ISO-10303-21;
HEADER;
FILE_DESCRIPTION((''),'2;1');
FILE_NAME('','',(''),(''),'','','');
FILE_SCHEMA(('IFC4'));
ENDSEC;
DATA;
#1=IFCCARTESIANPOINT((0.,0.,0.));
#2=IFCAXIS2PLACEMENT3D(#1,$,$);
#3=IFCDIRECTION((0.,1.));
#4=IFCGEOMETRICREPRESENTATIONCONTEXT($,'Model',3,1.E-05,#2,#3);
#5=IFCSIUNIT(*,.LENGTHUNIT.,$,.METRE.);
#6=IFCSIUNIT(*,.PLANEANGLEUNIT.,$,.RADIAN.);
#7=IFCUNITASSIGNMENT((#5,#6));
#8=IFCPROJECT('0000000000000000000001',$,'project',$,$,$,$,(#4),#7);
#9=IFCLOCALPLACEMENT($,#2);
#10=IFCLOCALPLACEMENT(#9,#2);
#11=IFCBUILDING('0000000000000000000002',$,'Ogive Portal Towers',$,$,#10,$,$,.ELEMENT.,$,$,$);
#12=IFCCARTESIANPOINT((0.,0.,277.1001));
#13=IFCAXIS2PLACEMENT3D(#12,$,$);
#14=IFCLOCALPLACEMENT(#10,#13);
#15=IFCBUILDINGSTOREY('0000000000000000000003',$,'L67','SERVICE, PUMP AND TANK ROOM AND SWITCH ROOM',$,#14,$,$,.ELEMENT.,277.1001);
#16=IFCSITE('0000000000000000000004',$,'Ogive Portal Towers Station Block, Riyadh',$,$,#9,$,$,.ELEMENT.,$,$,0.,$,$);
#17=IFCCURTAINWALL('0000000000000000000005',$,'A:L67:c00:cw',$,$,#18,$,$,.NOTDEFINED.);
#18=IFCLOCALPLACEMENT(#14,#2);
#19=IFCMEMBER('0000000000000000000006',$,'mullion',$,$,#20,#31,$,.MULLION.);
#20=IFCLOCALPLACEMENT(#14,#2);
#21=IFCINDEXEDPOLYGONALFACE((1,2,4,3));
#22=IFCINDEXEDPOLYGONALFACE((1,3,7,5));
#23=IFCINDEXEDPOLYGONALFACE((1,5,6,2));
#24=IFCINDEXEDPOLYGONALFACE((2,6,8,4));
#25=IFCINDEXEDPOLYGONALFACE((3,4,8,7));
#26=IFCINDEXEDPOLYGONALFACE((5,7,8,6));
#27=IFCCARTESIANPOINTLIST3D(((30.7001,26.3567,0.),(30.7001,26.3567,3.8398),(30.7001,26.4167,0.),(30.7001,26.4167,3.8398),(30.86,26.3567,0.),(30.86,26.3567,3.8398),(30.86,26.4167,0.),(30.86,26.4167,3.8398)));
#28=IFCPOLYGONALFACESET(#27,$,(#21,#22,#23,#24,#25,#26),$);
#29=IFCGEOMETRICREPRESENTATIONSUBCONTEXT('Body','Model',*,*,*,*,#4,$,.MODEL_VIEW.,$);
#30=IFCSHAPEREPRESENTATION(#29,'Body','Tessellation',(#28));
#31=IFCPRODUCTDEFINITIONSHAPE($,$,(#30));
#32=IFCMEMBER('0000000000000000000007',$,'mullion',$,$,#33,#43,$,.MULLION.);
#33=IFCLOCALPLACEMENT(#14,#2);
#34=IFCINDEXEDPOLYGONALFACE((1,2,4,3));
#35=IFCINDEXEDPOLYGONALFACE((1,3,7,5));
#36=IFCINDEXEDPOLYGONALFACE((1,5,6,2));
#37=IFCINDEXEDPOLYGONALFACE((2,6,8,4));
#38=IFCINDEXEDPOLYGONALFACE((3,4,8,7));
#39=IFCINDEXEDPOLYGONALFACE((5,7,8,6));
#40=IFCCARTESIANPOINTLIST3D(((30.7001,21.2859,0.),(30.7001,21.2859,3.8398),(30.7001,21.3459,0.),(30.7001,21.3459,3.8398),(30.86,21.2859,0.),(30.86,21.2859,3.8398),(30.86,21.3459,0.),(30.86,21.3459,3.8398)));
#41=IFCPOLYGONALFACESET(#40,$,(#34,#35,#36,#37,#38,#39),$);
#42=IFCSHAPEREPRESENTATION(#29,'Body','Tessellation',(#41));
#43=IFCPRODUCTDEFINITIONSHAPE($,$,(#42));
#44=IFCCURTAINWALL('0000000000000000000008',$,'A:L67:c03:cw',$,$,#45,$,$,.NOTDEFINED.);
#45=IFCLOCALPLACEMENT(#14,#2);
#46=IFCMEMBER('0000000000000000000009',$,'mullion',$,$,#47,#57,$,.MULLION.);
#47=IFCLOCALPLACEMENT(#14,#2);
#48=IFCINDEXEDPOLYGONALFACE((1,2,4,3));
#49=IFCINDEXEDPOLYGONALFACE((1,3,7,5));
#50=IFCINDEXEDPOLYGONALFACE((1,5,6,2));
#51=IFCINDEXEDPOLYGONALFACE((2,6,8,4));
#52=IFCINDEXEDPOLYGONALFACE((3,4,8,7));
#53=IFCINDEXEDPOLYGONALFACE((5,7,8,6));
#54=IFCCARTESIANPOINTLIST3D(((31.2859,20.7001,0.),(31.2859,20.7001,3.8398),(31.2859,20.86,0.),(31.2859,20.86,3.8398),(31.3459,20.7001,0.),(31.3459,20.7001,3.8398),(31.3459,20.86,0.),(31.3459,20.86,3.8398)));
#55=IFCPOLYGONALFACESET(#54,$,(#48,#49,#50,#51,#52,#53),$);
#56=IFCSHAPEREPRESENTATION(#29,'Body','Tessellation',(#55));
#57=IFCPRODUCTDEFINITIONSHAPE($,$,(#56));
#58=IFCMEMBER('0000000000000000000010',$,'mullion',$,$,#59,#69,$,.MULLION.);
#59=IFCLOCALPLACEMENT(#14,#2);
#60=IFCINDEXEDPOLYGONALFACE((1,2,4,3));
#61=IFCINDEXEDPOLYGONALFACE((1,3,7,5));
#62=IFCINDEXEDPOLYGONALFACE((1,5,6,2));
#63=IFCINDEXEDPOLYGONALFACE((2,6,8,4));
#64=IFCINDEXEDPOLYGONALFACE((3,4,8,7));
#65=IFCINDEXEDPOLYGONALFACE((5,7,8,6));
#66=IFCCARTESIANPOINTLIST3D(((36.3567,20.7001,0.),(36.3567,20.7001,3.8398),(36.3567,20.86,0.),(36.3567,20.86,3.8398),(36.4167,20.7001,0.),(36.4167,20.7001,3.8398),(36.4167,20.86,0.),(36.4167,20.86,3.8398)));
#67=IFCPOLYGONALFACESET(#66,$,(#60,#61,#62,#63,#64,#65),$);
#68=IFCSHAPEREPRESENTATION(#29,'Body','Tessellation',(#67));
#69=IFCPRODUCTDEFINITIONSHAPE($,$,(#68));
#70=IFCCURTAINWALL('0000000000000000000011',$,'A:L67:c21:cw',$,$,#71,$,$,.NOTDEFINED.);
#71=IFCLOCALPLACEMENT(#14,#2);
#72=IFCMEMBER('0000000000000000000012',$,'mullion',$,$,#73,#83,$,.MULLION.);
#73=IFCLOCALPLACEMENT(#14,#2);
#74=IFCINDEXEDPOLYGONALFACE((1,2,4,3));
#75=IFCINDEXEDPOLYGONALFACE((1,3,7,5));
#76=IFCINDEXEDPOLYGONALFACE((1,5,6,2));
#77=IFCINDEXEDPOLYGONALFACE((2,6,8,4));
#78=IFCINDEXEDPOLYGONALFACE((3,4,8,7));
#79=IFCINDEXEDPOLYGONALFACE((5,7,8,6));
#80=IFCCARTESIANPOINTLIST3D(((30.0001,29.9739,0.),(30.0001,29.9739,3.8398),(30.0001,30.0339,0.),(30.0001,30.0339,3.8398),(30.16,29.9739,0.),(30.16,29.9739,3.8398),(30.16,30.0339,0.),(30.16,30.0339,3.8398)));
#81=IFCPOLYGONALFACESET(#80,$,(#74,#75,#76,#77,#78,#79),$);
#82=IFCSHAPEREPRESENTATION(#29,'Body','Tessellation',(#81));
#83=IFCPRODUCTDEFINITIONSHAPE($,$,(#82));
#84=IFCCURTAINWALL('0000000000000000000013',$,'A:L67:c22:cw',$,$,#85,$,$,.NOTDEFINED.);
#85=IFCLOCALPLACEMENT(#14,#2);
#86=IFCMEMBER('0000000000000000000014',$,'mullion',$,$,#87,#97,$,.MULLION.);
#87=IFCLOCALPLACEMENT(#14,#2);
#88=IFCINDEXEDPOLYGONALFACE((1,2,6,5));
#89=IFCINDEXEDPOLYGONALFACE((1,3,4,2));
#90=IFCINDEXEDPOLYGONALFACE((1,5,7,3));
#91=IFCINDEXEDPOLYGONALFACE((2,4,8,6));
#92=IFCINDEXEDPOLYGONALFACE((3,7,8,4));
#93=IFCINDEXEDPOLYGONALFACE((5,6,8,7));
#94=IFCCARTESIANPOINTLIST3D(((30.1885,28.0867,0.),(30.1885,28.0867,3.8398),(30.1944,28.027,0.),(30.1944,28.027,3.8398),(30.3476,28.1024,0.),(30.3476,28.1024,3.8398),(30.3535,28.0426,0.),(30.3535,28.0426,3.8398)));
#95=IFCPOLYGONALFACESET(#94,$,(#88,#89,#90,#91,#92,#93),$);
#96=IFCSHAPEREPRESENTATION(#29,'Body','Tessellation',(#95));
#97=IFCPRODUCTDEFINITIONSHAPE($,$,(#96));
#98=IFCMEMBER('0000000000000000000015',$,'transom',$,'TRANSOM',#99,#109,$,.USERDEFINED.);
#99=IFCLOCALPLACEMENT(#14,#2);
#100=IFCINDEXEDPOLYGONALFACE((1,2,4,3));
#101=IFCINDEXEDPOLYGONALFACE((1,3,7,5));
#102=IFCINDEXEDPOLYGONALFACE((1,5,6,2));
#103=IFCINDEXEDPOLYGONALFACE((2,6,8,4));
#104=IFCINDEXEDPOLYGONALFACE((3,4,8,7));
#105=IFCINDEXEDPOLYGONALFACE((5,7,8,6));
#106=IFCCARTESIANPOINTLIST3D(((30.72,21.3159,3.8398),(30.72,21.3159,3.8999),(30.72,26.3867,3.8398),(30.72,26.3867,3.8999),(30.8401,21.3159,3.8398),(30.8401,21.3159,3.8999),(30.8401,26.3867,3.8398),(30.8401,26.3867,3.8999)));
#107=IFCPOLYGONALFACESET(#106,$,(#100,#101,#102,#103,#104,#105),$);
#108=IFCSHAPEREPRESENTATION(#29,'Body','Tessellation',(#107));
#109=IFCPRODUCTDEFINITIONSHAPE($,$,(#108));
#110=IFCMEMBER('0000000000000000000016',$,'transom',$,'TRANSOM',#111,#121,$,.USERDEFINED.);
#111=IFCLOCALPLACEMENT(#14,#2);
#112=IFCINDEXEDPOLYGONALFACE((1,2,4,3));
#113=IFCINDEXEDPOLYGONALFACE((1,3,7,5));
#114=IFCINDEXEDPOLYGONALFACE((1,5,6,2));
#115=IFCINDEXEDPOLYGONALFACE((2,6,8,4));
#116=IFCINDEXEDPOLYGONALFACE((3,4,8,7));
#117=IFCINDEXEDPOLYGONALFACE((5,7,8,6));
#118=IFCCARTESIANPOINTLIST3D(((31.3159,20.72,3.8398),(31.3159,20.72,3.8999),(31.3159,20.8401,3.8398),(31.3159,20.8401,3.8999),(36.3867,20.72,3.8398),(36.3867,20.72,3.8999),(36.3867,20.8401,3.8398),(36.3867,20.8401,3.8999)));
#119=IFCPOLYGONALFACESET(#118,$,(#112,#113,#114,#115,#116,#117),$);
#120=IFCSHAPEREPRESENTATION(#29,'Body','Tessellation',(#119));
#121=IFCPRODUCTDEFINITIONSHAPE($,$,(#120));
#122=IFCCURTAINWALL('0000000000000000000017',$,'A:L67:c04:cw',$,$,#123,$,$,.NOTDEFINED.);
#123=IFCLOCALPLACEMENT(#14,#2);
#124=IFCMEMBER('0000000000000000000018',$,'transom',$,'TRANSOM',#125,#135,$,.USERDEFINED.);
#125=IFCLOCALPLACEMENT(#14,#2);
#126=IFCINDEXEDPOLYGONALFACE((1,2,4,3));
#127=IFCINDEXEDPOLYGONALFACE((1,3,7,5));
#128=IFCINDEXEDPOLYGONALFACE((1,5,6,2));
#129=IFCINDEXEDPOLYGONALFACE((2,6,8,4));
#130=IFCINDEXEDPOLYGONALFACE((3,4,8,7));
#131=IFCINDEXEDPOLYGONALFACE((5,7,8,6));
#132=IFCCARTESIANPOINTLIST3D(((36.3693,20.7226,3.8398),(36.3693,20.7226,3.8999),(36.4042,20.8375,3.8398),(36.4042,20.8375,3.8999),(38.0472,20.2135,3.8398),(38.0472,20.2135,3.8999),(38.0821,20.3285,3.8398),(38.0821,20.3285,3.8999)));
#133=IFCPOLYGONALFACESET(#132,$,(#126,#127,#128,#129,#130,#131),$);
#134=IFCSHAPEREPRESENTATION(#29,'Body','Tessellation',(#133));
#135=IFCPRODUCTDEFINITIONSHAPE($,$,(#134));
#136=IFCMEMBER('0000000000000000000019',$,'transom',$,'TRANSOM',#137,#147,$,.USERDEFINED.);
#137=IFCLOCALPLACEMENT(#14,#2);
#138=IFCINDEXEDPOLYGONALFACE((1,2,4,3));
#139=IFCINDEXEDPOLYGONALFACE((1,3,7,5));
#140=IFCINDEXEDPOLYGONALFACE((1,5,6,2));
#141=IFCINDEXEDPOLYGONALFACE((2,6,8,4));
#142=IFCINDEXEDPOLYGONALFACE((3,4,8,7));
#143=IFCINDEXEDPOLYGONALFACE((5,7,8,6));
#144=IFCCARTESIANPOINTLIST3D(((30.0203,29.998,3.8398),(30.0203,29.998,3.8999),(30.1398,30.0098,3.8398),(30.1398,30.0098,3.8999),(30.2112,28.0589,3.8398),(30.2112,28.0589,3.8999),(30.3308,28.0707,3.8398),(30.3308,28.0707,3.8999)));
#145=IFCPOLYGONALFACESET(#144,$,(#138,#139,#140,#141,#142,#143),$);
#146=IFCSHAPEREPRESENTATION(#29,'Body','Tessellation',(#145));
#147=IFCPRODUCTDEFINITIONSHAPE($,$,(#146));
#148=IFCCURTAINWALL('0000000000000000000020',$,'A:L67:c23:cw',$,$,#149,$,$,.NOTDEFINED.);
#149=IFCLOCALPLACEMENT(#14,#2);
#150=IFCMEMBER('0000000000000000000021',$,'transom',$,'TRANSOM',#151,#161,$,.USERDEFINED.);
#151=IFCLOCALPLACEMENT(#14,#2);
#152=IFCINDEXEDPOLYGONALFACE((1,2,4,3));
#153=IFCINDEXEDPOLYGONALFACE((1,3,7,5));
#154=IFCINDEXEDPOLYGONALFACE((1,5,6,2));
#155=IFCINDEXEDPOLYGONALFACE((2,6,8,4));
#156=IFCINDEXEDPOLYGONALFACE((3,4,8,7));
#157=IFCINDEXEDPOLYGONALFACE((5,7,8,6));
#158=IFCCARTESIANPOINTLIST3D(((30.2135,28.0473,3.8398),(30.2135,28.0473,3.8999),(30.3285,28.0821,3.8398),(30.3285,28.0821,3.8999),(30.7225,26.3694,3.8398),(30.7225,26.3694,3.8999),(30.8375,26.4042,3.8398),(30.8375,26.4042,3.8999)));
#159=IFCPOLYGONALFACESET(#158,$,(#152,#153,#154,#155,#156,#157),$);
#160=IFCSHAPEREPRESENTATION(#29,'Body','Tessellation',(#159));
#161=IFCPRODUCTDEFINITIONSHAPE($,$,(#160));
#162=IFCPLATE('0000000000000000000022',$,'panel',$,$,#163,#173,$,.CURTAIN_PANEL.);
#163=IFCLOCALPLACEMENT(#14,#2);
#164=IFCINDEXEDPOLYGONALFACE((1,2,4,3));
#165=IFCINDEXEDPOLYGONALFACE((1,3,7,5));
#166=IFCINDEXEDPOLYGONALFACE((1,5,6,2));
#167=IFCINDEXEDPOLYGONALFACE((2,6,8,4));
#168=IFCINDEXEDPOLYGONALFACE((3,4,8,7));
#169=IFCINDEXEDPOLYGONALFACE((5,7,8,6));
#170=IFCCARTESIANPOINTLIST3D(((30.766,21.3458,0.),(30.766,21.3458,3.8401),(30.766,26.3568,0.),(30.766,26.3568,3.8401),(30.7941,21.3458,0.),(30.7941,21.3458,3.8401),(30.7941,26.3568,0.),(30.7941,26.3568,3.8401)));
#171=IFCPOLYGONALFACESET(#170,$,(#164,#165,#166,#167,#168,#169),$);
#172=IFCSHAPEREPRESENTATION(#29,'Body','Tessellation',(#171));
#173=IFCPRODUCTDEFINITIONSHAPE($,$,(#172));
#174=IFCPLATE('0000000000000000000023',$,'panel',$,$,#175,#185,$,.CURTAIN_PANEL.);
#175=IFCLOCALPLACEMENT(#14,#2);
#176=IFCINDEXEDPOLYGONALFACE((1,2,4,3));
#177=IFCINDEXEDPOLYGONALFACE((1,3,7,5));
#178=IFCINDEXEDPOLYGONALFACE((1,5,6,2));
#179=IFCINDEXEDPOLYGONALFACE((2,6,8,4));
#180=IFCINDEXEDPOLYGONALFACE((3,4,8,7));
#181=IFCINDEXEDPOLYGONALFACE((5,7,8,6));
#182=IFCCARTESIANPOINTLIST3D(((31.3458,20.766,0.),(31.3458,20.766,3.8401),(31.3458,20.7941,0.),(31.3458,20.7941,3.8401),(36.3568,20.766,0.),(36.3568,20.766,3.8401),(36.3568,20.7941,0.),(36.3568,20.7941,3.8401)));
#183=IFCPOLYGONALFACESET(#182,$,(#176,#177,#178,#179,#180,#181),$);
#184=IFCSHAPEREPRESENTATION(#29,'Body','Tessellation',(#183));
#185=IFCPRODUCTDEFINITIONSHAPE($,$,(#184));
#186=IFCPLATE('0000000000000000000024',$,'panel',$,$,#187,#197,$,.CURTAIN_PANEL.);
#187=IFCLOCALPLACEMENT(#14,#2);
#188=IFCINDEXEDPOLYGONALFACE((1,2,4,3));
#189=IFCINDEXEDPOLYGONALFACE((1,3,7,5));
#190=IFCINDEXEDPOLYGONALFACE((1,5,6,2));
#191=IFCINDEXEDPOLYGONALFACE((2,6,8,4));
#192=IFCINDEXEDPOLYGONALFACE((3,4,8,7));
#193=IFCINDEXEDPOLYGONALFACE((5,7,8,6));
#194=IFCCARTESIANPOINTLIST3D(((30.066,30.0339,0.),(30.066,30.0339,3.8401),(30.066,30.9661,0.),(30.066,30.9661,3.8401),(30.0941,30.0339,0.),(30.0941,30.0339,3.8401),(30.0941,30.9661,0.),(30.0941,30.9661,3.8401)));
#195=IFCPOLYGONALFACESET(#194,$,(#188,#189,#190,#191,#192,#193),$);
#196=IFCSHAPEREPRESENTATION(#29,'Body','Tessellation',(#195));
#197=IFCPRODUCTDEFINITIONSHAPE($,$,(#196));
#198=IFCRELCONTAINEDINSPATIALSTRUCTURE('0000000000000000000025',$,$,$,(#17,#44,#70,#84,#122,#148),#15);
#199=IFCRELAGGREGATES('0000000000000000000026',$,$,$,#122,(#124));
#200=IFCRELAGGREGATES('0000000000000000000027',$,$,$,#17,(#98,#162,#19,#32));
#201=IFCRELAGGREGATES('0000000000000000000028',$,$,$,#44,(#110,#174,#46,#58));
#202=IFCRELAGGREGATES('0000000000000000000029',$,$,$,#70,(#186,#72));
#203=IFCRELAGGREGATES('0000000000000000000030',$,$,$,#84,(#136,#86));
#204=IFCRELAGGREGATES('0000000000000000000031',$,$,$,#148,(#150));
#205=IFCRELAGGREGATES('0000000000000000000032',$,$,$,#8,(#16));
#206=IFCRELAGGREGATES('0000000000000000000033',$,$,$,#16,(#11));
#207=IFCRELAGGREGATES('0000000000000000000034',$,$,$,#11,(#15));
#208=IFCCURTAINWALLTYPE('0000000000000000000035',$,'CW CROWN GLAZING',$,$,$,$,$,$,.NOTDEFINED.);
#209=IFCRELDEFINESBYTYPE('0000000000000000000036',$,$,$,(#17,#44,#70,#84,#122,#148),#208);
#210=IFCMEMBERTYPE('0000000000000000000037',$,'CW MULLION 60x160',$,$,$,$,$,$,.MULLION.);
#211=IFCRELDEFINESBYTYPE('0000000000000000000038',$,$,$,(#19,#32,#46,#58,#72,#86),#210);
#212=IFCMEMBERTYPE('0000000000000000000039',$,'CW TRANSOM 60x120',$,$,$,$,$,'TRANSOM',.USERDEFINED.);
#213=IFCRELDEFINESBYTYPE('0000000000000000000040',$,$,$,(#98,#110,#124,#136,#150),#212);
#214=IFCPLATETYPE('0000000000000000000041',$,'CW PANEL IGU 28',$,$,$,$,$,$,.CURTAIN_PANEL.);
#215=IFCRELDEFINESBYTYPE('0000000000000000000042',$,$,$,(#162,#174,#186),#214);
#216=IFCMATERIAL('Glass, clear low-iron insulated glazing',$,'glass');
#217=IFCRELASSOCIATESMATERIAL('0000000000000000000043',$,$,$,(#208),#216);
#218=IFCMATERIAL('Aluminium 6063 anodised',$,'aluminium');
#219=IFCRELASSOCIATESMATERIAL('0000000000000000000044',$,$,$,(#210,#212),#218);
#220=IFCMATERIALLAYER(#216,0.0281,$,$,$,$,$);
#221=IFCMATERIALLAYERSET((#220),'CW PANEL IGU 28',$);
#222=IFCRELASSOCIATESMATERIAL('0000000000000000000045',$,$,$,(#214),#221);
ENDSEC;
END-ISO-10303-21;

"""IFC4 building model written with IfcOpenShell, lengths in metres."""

from ifc_helpers import new_model, si_unit, direction, frame, origin, origin_2d, place, context, subcontext, project, spatial, rectangle, extrude, material, layer, layer_set, material_profile, profile_set, type_object, element, aggregate, save


model = new_model("IFC4")

# Units and contexts
model_context = context("Model", 3, precision=1e-05, world=origin(), true_north=direction((0.0, 1.0)))
body_context = subcontext(model_context, "Body", "Model", "MODEL_VIEW")
ifc_project = project(units=[si_unit("LENGTHUNIT", "METRE"), si_unit("PLANEANGLEUNIT", "RADIAN")], contexts=[model_context])

# Site, building, storey
site_placement = place(None, origin())
site = spatial("IfcSite", under=ifc_project, at=site_placement, Name="Ogive Portal Towers Station Block, Riyadh", CompositionType="ELEMENT", RefElevation=0.0)
building_placement = place(site_placement, origin())
building = spatial("IfcBuilding", under=site, at=building_placement, Name="Ogive Portal Towers", CompositionType="ELEMENT")
storey_placement = place(building_placement, frame((0.0, 0.0, 277.1001)))
storey = spatial("IfcBuildingStorey", under=building, at=storey_placement, Name="L67", Description="SERVICE, PUMP AND TANK ROOM AND SWITCH ROOM", CompositionType="ELEMENT", Elevation=277.1001)

# Curtain walls, members
ifc_material_1 = material(Name="Glass, clear low-iron insulated glazing", Category="glass")
curtain_wall_type = type_object("IfcCurtainWallType", Name="CW CROWN GLAZING", PredefinedType="NOTDEFINED", material=ifc_material_1)
curtain_wall_1_placement = place(storey_placement, origin())
curtain_wall_1 = element("IfcCurtainWall", 1, at=curtain_wall_1_placement, inside=storey, type_object=curtain_wall_type, Name="A:L67:c00:cw", PredefinedType="NOTDEFINED")
ifc_material_2 = material(Name="Aluminium 6063 anodised", Category="aluminium")
ifc_material_profile_1 = material_profile(ifc_material_2, rectangle(XDim=0.1599, YDim=0.0601, at=origin_2d()), Name="AL 60x160")
ifc_profile_set_1 = profile_set([ifc_material_profile_1], Name="Aluminium 6063 anodised")
member_type_1 = type_object("IfcMemberType", Name="CW MULLION 60x160", PredefinedType="MULLION", material=ifc_profile_set_1)
member_1_placement = place(storey_placement, frame((30.78, 26.3867, 0.0), z_axis=(0.0, 0.0, 1.0), x_axis=(1.0, 0.0, 0.0)))
member_1 = element("IfcMember", 2, at=member_1_placement, type_object=member_type_1, Name="mullion", PredefinedType="MULLION", context=body_context, shape_type="SweptSolid", body=[
    extrude(rectangle(XDim=0.1599, YDim=0.0601, at=origin_2d()), origin(), (0.0, 0.0, 1.0), 3.8398),
])
member_2_placement = place(storey_placement, frame((30.78, 21.3159, 0.0), z_axis=(0.0, 0.0, 1.0), x_axis=(1.0, 0.0, 0.0)))
member_2 = element("IfcMember", 3, at=member_2_placement, type_object=member_type_1, Name="mullion", PredefinedType="MULLION", context=body_context, shape_type="SweptSolid", body=[
    extrude(rectangle(XDim=0.1599, YDim=0.0601, at=origin_2d()), origin(), (0.0, 0.0, 1.0), 3.8398),
])
curtain_wall_2_placement = place(storey_placement, origin())
curtain_wall_2 = element("IfcCurtainWall", 4, at=curtain_wall_2_placement, inside=storey, type_object=curtain_wall_type, Name="A:L67:c03:cw", PredefinedType="NOTDEFINED")
member_3_placement = place(storey_placement, frame((31.3159, 20.78, 0.0), z_axis=(0.0, 0.0, 1.0), x_axis=(0.0, 1.0, 0.0)))
member_3 = element("IfcMember", 5, at=member_3_placement, type_object=member_type_1, Name="mullion", PredefinedType="MULLION", context=body_context, shape_type="SweptSolid", body=[
    extrude(rectangle(XDim=0.1599, YDim=0.0601, at=origin_2d()), origin(), (0.0, 0.0, 1.0), 3.8398),
])
member_4_placement = place(storey_placement, frame((36.3867, 20.78, 0.0), z_axis=(0.0, 0.0, 1.0), x_axis=(0.0, 1.0, 0.0)))
member_4 = element("IfcMember", 6, at=member_4_placement, type_object=member_type_1, Name="mullion", PredefinedType="MULLION", context=body_context, shape_type="SweptSolid", body=[
    extrude(rectangle(XDim=0.1599, YDim=0.0601, at=origin_2d()), origin(), (0.0, 0.0, 1.0), 3.8398),
])

# Curtain walls, members
curtain_wall_3_placement = place(storey_placement, origin())
curtain_wall_3 = element("IfcCurtainWall", 7, at=curtain_wall_3_placement, inside=storey, type_object=curtain_wall_type, Name="A:L67:c21:cw", PredefinedType="NOTDEFINED")
member_5_placement = place(storey_placement, frame((30.0801, 30.0039, 0.0), z_axis=(0.0, 0.0, 1.0), x_axis=(1.0, 0.0, 0.0)))
member_5 = element("IfcMember", 8, at=member_5_placement, type_object=member_type_1, Name="mullion", PredefinedType="MULLION", context=body_context, shape_type="SweptSolid", body=[
    extrude(rectangle(XDim=0.1599, YDim=0.0601, at=origin_2d()), origin(), (0.0, 0.0, 1.0), 3.8398),
])
curtain_wall_4_placement = place(storey_placement, origin())
curtain_wall_4 = element("IfcCurtainWall", 9, at=curtain_wall_4_placement, inside=storey, type_object=curtain_wall_type, Name="A:L67:c22:cw", PredefinedType="NOTDEFINED")
member_6_placement = place(storey_placement, frame((30.271, 28.0647, 0.0), z_axis=(0.0, 0.0, 1.0), x_axis=(0.995185, 0.098017, 0.0)))
member_6 = element("IfcMember", 10, at=member_6_placement, type_object=member_type_1, Name="mullion", PredefinedType="MULLION", context=body_context, shape_type="SweptSolid", body=[
    extrude(rectangle(XDim=0.1599, YDim=0.0601, at=origin_2d()), origin(), (0.0, 0.0, 1.0), 3.8398),
])

# Members
ifc_material_profile_2 = material_profile(ifc_material_2, rectangle(XDim=0.1201, YDim=0.0601, at=origin_2d()), Name="AL 120x60")
ifc_profile_set_2 = profile_set([ifc_material_profile_2], Name="Aluminium 6063 anodised")
member_type_2 = type_object("IfcMemberType", Name="CW TRANSOM 60x120", ElementType="TRANSOM", PredefinedType="USERDEFINED", material=ifc_profile_set_2)
member_7_placement = place(storey_placement, frame((30.78, 26.3867, 3.8699), z_axis=(0.0, -1.0, 0.0), x_axis=(1.0, 0.0, 0.0)))
member_7 = element("IfcMember", 11, at=member_7_placement, type_object=member_type_2, Name="transom", ObjectType="TRANSOM", PredefinedType="USERDEFINED", context=body_context, shape_type="SweptSolid", body=[
    extrude(rectangle(XDim=0.1201, YDim=0.0601, at=origin_2d()), origin(), (0.0, 0.0, 1.0), 5.0708),
])
member_8_placement = place(storey_placement, frame((31.3159, 20.78, 3.8699), z_axis=(1.0, 0.0, 0.0), x_axis=(0.0, 1.0, 0.0)))
member_8 = element("IfcMember", 12, at=member_8_placement, type_object=member_type_2, Name="transom", ObjectType="TRANSOM", PredefinedType="USERDEFINED", context=body_context, shape_type="SweptSolid", body=[
    extrude(rectangle(XDim=0.1201, YDim=0.0601, at=origin_2d()), origin(), (0.0, 0.0, 1.0), 5.0708),
])

# Curtain wall, member
curtain_wall_5_placement = place(storey_placement, origin())
curtain_wall_5 = element("IfcCurtainWall", 13, at=curtain_wall_5_placement, inside=storey, type_object=curtain_wall_type, Name="A:L67:c04:cw", PredefinedType="NOTDEFINED")
member_9_placement = place(storey_placement, frame((36.3867, 20.78, 3.8699), z_axis=(0.956937, -0.290297, 0.0), x_axis=(0.290297, 0.956937, 0.0)))
member_9 = element("IfcMember", 14, at=member_9_placement, type_object=member_type_2, Name="transom", ObjectType="TRANSOM", PredefinedType="USERDEFINED", context=body_context, shape_type="SweptSolid", body=[
    extrude(rectangle(XDim=0.1201, YDim=0.0601, at=origin_2d()), origin(), (0.0, 0.0, 1.0), 1.7534),
])
aggregate(curtain_wall_5, [member_9])

# Member
member_10_placement = place(storey_placement, frame((30.0801, 30.0039, 3.8699), z_axis=(0.097978, -0.995189, 0.0), x_axis=(0.995189, 0.097978, 0.0)))
member_10 = element("IfcMember", 15, at=member_10_placement, type_object=member_type_2, Name="transom", ObjectType="TRANSOM", PredefinedType="USERDEFINED", context=body_context, shape_type="SweptSolid", body=[
    extrude(rectangle(XDim=0.1201, YDim=0.0601, at=origin_2d()), origin(), (0.0, 0.0, 1.0), 1.9485),
])

# Curtain wall, member
curtain_wall_6_placement = place(storey_placement, origin())
curtain_wall_6 = element("IfcCurtainWall", 16, at=curtain_wall_6_placement, inside=storey, type_object=curtain_wall_type, Name="A:L67:c23:cw", PredefinedType="NOTDEFINED")
member_11_placement = place(storey_placement, frame((30.271, 28.0647, 3.8699), z_axis=(0.290297, -0.956937, 0.0), x_axis=(0.956937, 0.290297, 0.0)))
member_11 = element("IfcMember", 17, at=member_11_placement, type_object=member_type_2, Name="transom", ObjectType="TRANSOM", PredefinedType="USERDEFINED", context=body_context, shape_type="SweptSolid", body=[
    extrude(rectangle(XDim=0.1201, YDim=0.0601, at=origin_2d()), origin(), (0.0, 0.0, 1.0), 1.7534),
])

# Plates
ifc_layer_1 = layer(ifc_material_1, 0.0281)
ifc_layer_set_1 = layer_set([ifc_layer_1], Name="CW PANEL IGU 28")
plate_type = type_object("IfcPlateType", Name="CW PANEL IGU 28", PredefinedType="CURTAIN_PANEL", material=ifc_layer_set_1)
plate_1_placement = place(storey_placement, frame((30.78, 23.8513, 0.0), z_axis=(0.0, 0.0, 1.0), x_axis=(0.0, -1.0, 0.0)))
plate_1 = element("IfcPlate", 18, at=plate_1_placement, type_object=plate_type, Name="panel", PredefinedType="CURTAIN_PANEL", context=body_context, shape_type="SweptSolid", body=[
    extrude(rectangle(XDim=5.011, YDim=0.0281, at=origin_2d()), origin(), (0.0, 0.0, 1.0), 3.8401),
])
aggregate(curtain_wall_1, [member_7, plate_1, member_1, member_2])
plate_2_placement = place(storey_placement, frame((33.8513, 20.78, 0.0), z_axis=(0.0, 0.0, 1.0), x_axis=(1.0, 0.0, 0.0)))
plate_2 = element("IfcPlate", 19, at=plate_2_placement, type_object=plate_type, Name="panel", PredefinedType="CURTAIN_PANEL", context=body_context, shape_type="SweptSolid", body=[
    extrude(rectangle(XDim=5.011, YDim=0.0281, at=origin_2d()), origin(), (0.0, 0.0, 1.0), 3.8401),
])
aggregate(curtain_wall_2, [member_8, plate_2, member_3, member_4])
plate_3_placement = place(storey_placement, frame((30.0801, 30.5, 0.0), z_axis=(0.0, 0.0, 1.0), x_axis=(0.0, -1.0, 0.0)))
plate_3 = element("IfcPlate", 20, at=plate_3_placement, type_object=plate_type, Name="panel", PredefinedType="CURTAIN_PANEL", context=body_context, shape_type="SweptSolid", body=[
    extrude(rectangle(XDim=0.9321, YDim=0.0281, at=origin_2d()), origin(), (0.0, 0.0, 1.0), 3.8401),
])
aggregate(curtain_wall_3, [plate_3, member_5])
aggregate(curtain_wall_4, [member_10, member_6])
aggregate(curtain_wall_6, [member_11])

save(model, "model.ifc")
